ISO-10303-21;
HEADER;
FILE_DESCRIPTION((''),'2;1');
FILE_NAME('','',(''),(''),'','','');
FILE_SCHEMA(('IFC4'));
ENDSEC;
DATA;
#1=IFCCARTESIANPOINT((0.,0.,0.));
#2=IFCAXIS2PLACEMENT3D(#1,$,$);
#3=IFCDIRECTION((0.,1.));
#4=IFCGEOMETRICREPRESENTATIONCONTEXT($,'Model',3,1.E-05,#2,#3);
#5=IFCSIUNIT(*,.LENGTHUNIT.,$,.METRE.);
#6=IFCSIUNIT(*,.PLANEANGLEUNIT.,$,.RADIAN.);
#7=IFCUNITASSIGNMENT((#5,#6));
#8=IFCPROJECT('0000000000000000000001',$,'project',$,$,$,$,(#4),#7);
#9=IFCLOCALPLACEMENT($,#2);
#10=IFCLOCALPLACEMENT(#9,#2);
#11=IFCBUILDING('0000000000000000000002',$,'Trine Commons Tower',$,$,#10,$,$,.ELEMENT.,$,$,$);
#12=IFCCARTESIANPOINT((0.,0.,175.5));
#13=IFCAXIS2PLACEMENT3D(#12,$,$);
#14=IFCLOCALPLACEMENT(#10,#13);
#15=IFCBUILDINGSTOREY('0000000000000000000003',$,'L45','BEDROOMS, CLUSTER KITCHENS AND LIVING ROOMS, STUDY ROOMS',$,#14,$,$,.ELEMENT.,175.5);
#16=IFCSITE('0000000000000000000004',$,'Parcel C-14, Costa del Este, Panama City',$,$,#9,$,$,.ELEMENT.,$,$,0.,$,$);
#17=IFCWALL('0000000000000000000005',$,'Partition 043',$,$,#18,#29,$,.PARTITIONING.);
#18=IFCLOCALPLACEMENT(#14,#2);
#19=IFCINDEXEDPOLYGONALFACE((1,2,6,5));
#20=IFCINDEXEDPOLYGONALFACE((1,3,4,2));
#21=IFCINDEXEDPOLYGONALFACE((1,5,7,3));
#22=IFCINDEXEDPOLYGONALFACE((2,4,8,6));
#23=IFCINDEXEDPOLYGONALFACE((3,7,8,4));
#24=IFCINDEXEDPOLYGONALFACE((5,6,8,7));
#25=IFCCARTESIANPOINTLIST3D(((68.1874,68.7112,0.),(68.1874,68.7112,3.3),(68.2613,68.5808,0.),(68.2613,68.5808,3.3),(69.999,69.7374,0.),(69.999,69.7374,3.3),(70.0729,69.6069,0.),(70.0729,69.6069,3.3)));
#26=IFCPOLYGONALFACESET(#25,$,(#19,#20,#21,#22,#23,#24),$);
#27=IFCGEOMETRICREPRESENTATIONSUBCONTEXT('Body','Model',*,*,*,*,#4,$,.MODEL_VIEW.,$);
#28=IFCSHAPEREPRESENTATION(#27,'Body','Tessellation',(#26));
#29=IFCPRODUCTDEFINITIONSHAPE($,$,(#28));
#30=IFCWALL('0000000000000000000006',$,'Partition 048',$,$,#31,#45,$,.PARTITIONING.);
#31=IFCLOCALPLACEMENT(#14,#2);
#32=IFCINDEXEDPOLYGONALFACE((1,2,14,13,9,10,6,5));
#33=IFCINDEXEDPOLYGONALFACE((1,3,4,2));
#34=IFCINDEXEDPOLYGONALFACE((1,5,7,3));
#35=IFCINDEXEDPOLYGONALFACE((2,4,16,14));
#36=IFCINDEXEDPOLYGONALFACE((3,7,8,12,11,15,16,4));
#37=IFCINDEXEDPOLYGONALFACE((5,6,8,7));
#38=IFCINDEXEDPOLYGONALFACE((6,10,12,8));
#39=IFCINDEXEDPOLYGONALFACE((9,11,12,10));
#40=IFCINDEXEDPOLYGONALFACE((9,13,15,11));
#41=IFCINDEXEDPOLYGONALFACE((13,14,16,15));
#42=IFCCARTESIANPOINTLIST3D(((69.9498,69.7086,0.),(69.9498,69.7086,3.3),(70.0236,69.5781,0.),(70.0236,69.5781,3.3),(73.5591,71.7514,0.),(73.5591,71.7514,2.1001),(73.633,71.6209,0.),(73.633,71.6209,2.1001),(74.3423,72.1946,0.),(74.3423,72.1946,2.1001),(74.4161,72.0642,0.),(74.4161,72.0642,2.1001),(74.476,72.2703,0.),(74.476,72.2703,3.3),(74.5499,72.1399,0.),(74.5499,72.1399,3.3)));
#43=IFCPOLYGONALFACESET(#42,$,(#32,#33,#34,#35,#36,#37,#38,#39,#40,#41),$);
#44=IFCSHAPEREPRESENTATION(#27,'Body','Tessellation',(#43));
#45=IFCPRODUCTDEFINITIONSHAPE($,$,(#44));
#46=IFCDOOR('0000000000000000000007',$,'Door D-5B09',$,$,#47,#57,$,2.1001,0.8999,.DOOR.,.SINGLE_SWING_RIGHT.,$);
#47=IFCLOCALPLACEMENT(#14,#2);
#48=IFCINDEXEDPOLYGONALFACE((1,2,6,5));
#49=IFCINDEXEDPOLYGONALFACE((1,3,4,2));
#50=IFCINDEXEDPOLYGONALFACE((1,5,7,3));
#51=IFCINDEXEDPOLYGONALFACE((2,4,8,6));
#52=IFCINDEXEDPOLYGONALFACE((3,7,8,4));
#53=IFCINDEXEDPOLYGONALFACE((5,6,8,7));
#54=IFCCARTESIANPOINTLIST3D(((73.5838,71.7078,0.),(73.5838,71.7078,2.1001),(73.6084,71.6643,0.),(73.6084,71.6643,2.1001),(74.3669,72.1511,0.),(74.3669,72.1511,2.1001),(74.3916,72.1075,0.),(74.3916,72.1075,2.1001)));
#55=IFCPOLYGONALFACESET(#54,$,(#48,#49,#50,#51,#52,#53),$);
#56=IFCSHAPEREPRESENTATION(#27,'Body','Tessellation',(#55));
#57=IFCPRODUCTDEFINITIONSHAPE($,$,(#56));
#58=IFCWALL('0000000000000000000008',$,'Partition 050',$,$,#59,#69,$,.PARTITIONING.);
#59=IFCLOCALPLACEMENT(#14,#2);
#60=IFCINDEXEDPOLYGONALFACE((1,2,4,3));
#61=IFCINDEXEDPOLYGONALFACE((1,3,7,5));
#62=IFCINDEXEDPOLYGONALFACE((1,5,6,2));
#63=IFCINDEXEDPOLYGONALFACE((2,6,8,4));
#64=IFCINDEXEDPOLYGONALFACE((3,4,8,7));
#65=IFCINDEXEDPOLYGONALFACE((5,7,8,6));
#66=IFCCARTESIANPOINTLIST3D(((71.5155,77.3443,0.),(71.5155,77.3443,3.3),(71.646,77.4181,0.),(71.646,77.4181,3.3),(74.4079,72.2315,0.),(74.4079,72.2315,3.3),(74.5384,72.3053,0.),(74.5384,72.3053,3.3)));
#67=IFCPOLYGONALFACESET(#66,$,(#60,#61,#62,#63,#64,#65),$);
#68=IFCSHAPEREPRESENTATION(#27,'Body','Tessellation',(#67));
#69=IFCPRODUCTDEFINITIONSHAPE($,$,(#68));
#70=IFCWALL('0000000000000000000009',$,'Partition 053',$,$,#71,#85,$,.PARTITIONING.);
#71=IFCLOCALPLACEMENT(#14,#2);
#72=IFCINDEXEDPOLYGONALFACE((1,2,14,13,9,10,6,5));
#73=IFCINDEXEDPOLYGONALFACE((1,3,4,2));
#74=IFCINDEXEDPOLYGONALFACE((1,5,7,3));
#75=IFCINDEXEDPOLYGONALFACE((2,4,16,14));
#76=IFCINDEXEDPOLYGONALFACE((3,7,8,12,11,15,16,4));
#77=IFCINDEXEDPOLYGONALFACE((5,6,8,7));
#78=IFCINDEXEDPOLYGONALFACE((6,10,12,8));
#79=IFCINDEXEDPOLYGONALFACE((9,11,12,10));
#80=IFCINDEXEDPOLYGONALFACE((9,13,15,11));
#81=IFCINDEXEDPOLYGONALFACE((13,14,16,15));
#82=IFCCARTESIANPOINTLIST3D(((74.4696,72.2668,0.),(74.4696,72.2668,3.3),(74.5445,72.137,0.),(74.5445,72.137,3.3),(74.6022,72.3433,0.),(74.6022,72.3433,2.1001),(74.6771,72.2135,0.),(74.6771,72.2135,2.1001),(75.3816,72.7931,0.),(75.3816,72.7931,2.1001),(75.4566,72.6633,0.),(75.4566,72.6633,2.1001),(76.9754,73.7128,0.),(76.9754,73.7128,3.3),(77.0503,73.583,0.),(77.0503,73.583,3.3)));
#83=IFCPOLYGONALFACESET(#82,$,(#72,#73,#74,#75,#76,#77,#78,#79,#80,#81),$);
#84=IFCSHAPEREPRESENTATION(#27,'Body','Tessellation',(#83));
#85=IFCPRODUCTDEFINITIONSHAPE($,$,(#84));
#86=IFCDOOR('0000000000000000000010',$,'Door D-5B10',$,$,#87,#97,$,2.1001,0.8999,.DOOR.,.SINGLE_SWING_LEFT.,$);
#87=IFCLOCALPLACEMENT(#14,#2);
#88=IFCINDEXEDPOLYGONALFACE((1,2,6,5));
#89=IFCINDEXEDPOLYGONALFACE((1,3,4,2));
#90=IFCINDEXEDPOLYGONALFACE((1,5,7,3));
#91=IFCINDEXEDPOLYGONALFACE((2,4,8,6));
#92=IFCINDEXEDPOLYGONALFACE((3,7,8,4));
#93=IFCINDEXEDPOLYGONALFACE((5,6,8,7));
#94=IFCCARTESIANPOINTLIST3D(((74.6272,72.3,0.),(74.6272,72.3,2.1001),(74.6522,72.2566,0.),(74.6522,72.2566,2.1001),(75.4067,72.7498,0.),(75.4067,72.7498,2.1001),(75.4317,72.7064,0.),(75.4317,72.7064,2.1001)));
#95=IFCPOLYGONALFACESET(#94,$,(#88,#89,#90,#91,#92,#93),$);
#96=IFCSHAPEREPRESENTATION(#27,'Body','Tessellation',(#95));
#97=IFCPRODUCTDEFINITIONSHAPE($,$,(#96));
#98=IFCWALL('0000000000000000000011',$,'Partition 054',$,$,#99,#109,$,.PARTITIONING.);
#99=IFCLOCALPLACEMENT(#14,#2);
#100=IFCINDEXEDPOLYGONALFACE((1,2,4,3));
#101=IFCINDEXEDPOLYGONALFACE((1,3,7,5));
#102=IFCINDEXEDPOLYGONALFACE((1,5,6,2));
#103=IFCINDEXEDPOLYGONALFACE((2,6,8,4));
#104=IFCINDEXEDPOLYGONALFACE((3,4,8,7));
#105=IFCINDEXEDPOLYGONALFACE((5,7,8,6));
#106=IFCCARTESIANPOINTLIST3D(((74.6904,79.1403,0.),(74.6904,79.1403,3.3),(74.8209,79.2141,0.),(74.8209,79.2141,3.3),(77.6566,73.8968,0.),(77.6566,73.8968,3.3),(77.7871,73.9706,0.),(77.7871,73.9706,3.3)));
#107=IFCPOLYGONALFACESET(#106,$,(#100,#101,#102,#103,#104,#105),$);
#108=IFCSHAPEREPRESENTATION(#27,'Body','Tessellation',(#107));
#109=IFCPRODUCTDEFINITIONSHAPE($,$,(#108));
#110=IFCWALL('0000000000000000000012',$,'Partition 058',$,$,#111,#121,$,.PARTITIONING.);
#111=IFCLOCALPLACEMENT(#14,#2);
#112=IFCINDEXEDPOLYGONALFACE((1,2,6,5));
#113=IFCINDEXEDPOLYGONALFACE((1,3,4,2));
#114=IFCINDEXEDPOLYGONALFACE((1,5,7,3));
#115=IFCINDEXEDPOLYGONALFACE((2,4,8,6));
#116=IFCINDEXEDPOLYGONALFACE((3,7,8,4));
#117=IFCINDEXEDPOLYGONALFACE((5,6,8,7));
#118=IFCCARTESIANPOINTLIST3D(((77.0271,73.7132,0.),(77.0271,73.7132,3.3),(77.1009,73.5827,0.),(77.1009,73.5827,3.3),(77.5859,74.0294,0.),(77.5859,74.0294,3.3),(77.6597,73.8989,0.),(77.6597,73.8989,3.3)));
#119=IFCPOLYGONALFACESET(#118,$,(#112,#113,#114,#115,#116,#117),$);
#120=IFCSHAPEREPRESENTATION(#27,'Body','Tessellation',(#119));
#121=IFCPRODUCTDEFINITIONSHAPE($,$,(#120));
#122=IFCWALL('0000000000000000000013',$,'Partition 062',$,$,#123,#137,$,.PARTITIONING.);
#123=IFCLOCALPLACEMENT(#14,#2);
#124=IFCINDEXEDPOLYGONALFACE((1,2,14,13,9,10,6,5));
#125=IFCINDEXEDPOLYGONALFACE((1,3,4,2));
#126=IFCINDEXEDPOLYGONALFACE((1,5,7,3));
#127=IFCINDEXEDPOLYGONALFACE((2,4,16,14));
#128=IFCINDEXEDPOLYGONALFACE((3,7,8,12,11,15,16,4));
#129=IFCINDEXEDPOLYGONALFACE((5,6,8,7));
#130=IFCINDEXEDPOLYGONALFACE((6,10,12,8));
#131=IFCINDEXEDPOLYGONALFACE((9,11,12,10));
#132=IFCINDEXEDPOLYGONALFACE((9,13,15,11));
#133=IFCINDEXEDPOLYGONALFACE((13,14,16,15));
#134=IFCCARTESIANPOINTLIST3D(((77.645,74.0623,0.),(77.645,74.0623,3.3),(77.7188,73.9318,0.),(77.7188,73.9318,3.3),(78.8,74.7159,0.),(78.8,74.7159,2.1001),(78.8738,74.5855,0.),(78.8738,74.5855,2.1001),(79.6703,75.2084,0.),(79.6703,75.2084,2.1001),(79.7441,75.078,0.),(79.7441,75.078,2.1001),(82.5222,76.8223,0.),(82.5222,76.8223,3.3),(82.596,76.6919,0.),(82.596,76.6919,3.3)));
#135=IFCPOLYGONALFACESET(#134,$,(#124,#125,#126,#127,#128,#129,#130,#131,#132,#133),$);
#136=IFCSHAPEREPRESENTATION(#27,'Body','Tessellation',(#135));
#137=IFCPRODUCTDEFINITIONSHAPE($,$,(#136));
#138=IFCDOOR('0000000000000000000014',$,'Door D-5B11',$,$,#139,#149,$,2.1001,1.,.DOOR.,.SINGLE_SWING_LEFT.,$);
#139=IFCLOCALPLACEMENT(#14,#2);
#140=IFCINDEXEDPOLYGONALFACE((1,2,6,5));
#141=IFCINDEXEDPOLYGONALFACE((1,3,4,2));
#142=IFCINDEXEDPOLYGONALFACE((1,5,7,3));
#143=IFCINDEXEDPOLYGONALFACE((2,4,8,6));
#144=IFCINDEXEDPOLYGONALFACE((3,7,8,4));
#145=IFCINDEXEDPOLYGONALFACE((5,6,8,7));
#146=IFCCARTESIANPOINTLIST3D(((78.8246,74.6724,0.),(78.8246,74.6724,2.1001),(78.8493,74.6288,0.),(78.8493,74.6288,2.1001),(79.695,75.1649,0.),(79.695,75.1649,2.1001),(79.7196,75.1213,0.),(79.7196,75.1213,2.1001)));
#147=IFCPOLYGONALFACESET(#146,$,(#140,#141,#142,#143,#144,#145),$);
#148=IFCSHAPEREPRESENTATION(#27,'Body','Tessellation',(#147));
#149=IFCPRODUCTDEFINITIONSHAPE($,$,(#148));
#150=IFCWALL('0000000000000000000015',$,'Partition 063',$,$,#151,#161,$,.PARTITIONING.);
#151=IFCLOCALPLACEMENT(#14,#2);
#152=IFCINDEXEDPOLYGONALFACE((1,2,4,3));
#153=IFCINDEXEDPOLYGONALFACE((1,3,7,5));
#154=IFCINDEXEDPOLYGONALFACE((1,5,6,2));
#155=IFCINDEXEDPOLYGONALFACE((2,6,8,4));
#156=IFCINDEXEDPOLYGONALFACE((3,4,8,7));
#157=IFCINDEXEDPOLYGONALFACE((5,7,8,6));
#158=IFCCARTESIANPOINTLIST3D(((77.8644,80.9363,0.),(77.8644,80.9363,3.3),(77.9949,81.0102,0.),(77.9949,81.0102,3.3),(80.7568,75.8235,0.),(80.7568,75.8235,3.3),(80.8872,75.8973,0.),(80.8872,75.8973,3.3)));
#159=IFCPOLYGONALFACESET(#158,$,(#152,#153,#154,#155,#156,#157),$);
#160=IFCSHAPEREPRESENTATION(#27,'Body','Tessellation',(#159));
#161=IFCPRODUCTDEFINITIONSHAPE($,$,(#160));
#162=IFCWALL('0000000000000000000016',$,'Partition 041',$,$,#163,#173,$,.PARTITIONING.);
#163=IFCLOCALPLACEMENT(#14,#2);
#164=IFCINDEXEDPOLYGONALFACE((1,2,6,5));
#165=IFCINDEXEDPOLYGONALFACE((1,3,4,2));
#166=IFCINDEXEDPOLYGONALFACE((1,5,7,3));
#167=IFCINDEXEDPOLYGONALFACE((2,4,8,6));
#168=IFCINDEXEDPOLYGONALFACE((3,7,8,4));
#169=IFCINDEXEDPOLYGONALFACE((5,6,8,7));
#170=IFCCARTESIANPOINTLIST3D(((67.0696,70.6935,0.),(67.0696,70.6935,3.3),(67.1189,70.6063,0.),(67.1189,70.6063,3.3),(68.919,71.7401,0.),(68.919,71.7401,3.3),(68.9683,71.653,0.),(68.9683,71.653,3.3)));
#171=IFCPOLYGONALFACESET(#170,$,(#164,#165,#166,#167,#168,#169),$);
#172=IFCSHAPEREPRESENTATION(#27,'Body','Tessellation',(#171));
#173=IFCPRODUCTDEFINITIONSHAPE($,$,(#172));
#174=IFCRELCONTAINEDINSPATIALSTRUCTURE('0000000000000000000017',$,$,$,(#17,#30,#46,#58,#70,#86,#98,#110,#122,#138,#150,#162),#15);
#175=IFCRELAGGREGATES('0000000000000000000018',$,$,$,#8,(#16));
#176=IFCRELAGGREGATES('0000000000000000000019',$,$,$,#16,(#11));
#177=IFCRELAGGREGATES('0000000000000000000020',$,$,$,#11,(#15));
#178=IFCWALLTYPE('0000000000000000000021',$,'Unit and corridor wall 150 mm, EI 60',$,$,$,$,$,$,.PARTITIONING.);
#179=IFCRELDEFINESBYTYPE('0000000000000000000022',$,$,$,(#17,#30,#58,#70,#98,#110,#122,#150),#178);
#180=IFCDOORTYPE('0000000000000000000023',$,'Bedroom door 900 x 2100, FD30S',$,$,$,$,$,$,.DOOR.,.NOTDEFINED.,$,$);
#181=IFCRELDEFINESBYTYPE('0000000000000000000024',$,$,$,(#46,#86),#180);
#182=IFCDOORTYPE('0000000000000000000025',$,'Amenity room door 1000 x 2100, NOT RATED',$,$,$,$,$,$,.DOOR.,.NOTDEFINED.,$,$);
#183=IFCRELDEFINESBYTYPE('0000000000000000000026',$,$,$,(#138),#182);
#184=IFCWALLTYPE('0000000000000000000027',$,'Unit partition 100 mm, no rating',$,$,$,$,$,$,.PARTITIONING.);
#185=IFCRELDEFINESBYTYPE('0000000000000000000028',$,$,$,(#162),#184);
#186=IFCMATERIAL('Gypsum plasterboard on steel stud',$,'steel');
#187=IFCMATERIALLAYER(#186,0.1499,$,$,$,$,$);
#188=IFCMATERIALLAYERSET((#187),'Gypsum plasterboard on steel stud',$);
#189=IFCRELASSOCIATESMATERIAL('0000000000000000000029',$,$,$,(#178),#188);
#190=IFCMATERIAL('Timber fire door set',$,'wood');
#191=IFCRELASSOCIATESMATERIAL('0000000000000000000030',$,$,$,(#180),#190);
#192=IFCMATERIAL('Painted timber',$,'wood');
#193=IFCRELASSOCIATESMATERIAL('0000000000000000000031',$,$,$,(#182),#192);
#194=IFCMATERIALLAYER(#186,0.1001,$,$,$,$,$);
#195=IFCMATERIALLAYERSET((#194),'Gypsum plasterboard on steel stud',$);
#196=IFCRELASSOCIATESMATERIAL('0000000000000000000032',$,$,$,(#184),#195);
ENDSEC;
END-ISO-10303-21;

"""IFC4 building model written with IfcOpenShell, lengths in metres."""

from ifc_helpers import new_model, si_unit, direction, frame, frame_2d, origin, place, context, subcontext, project, spatial, rectangle, extrude, material, layer, layer_set, type_object, element, fill, save


model = new_model("IFC4")

# Units and contexts
model_context = context("Model", 3, precision=1e-05, world=origin(), true_north=direction((0.0, 1.0)))
body_context = subcontext(model_context, "Body", "Model", "MODEL_VIEW")
ifc_project = project(units=[si_unit("LENGTHUNIT", "METRE"), si_unit("PLANEANGLEUNIT", "RADIAN")], contexts=[model_context])

# Site, building, storey
site_placement = place(None, origin())
site = spatial("IfcSite", under=ifc_project, at=site_placement, Name="Parcel C-14, Costa del Este, Panama City", CompositionType="ELEMENT", RefElevation=0.0)
building_placement = place(site_placement, origin())
building = spatial("IfcBuilding", under=site, at=building_placement, Name="Trine Commons Tower", CompositionType="ELEMENT")
storey_placement = place(building_placement, frame((0.0, 0.0, 175.5)))
storey = spatial("IfcBuildingStorey", under=building, at=storey_placement, Name="L45", Description="BEDROOMS, CLUSTER KITCHENS AND LIVING ROOMS, STUDY ROOMS", CompositionType="ELEMENT", Elevation=175.5)

# Wall
ifc_material_1 = material(Name="Gypsum plasterboard on steel stud", Category="steel")
ifc_layer_1 = layer(ifc_material_1, 0.1499)
ifc_layer_set_1 = layer_set([ifc_layer_1], Name="Gypsum plasterboard on steel stud")
wall_type_1 = type_object("IfcWallType", Name="Unit and corridor wall 150 mm, EI 60", PredefinedType="PARTITIONING", material=ifc_layer_set_1)
wall_1_placement = place(storey_placement, frame((68.2244, 68.646, 0.0), z_axis=(0.0, 0.0, 1.0), x_axis=(0.870106, 0.492865, 0.0)))
element("IfcWall", 1, at=wall_1_placement, inside=storey, type_object=wall_type_1, Name="Partition 043", PredefinedType="PARTITIONING", context=body_context, shape_type="SweptSolid", body=[
    extrude(rectangle(XDim=2.082, YDim=0.1499, at=frame_2d((1.041, 0.0))), origin(), (0.0, 0.0, 1.0), 3.3),
])

# Wall, opening, door
wall_2_placement = place(storey_placement, frame((69.9866, 69.6433, 0.0), z_axis=(0.0, 0.0, 1.0), x_axis=(0.870284, 0.492551, 0.0)))
wall_2 = element("IfcWall", 2, at=wall_2_placement, inside=storey, type_object=wall_type_1, Name="Partition 048", PredefinedType="PARTITIONING", context=body_context, shape_type="SweptSolid", body=[
    extrude(rectangle(XDim=5.2009, YDim=0.1499, at=frame_2d((2.6006, 0.0))), origin(), (0.0, 0.0, 1.0), 3.3),
])
opening_1_placement = place(wall_2_placement, frame((4.1475, 0.0, 0.0)))
opening_1 = element("IfcOpeningElement", 3, at=opening_1_placement, cuts=wall_2, PredefinedType="OPENING", context=body_context, shape_type="SweptSolid", body=[
    extrude(rectangle(XDim=0.8999, YDim=2.1001, at=frame_2d((0.45, 1.05))), frame((0.0, 0.085, 0.0), z_axis=(0.0, -1.0, 0.0), x_axis=(1.0, 0.0, 0.0)), (0.0, 0.0, 1.0), 0.1699),
])
ifc_material_2 = material(Name="Timber fire door set", Category="wood")
door_type_1 = type_object("IfcDoorType", Name="Bedroom door 900 x 2100, FD30S", OperationType="NOTDEFINED", PredefinedType="DOOR", material=ifc_material_2)
door_1_placement = place(opening_1_placement, origin())
door_1 = element("IfcDoor", 4, at=door_1_placement, inside=storey, type_object=door_type_1, Name="Door D-5B09", OperationType="SINGLE_SWING_RIGHT", OverallHeight=2.1001, OverallWidth=0.8999, PredefinedType="DOOR", context=body_context, shape_type="SweptSolid", body=[
    extrude(rectangle(XDim=0.8999, YDim=2.1001, at=frame_2d((0.45, 1.05))), frame((0.0, 0.0249, 0.0), z_axis=(0.0, -1.0, 0.0), x_axis=(1.0, 0.0, 0.0)), (0.0, 0.0, 1.0), 0.05),
])
fill(opening_1, door_1)

# Wall
wall_3_placement = place(storey_placement, frame((71.5808, 77.3811, 0.0), z_axis=(0.0, 0.0, 1.0), x_axis=(0.492379, -0.870381, 0.0)))
element("IfcWall", 5, at=wall_3_placement, inside=storey, type_object=wall_type_1, Name="Partition 050", PredefinedType="PARTITIONING", context=body_context, shape_type="SweptSolid", body=[
    extrude(rectangle(XDim=5.8743, YDim=0.1499, at=frame_2d((2.937, 0.0))), origin(), (0.0, 0.0, 1.0), 3.3),
])

# Wall, opening, door
wall_4_placement = place(storey_placement, frame((74.5071, 72.2019, 0.0), z_axis=(0.0, 0.0, 1.0), x_axis=(0.866132, 0.499815, 0.0)))
wall_4 = element("IfcWall", 6, at=wall_4_placement, inside=storey, type_object=wall_type_1, Name="Partition 053", PredefinedType="PARTITIONING", context=body_context, shape_type="SweptSolid", body=[
    extrude(rectangle(XDim=2.8931, YDim=0.1499, at=frame_2d((1.4465, 0.0))), origin(), (0.0, 0.0, 1.0), 3.3),
])
opening_2_placement = place(wall_4_placement, frame((0.1531, 0.0, 0.0)))
opening_2 = element("IfcOpeningElement", 7, at=opening_2_placement, cuts=wall_4, PredefinedType="OPENING", context=body_context, shape_type="SweptSolid", body=[
    extrude(rectangle(XDim=0.8999, YDim=2.1001, at=frame_2d((0.45, 1.05))), frame((0.0, 0.085, 0.0), z_axis=(0.0, -1.0, 0.0), x_axis=(1.0, 0.0, 0.0)), (0.0, 0.0, 1.0), 0.1699),
])
door_2_placement = place(opening_2_placement, origin())
door_2 = element("IfcDoor", 8, at=door_2_placement, inside=storey, type_object=door_type_1, Name="Door D-5B10", OperationType="SINGLE_SWING_LEFT", OverallHeight=2.1001, OverallWidth=0.8999, PredefinedType="DOOR", context=body_context, shape_type="SweptSolid", body=[
    extrude(rectangle(XDim=0.8999, YDim=2.1001, at=frame_2d((0.45, 1.05))), frame((0.0, 0.0249, 0.0), z_axis=(0.0, -1.0, 0.0), x_axis=(1.0, 0.0, 0.0)), (0.0, 0.0, 1.0), 0.05),
])
fill(opening_2, door_2)

# Walls
wall_5_placement = place(storey_placement, frame((74.7556, 79.1772, 0.0), z_axis=(0.0, 0.0, 1.0), x_axis=(0.492372, -0.870385, 0.0)))
element("IfcWall", 9, at=wall_5_placement, inside=storey, type_object=wall_type_1, Name="Partition 054", PredefinedType="PARTITIONING", context=body_context, shape_type="SweptSolid", body=[
    extrude(rectangle(XDim=6.0244, YDim=0.1499, at=frame_2d((3.0122, 0.0))), origin(), (0.0, 0.0, 1.0), 3.3),
])
wall_6_placement = place(storey_placement, frame((77.064, 73.6479, 0.0), z_axis=(0.0, 0.0, 1.0), x_axis=(0.870364, 0.492408, 0.0)))
element("IfcWall", 10, at=wall_6_placement, inside=storey, type_object=wall_type_1, Name="Partition 058", PredefinedType="PARTITIONING", context=body_context, shape_type="SweptSolid", body=[
    extrude(rectangle(XDim=0.6421, YDim=0.1499, at=frame_2d((0.321, 0.0))), origin(), (0.0, 0.0, 1.0), 3.3),
])

# Wall, opening, door
wall_7_placement = place(storey_placement, frame((77.6819, 73.9971, 0.0), z_axis=(0.0, 0.0, 1.0), x_axis=(0.870308, 0.492508, 0.0)))
wall_7 = element("IfcWall", 11, at=wall_7_placement, inside=storey, type_object=wall_type_1, Name="Partition 062", PredefinedType="PARTITIONING", context=body_context, shape_type="SweptSolid", body=[
    extrude(rectangle(XDim=5.604, YDim=0.1499, at=frame_2d((2.802, 0.0))), origin(), (0.0, 0.0, 1.0), 3.3),
])
opening_3_placement = place(wall_7_placement, frame((1.3271, 0.0, 0.0)))
opening_3 = element("IfcOpeningElement", 12, at=opening_3_placement, cuts=wall_7, PredefinedType="OPENING", context=body_context, shape_type="SweptSolid", body=[
    extrude(rectangle(XDim=1.0, YDim=2.1001, at=frame_2d((0.5, 1.05))), frame((0.0, 0.085, 0.0), z_axis=(0.0, -1.0, 0.0), x_axis=(1.0, 0.0, 0.0)), (0.0, 0.0, 1.0), 0.1699),
])
ifc_material_3 = material(Name="Painted timber", Category="wood")
door_type_2 = type_object("IfcDoorType", Name="Amenity room door 1000 x 2100, NOT RATED", OperationType="NOTDEFINED", PredefinedType="DOOR", material=ifc_material_3)
door_3_placement = place(opening_3_placement, origin())
door_3 = element("IfcDoor", 13, at=door_3_placement, inside=storey, type_object=door_type_2, Name="Door D-5B11", OperationType="SINGLE_SWING_LEFT", OverallHeight=2.1001, OverallWidth=1.0, PredefinedType="DOOR", context=body_context, shape_type="SweptSolid", body=[
    extrude(rectangle(XDim=1.0, YDim=2.1001, at=frame_2d((0.5, 1.05))), frame((0.0, 0.0249, 0.0), z_axis=(0.0, -1.0, 0.0), x_axis=(1.0, 0.0, 0.0)), (0.0, 0.0, 1.0), 0.05),
])
fill(opening_3, door_3)

# Walls
wall_8_placement = place(storey_placement, frame((77.9297, 80.9731, 0.0), z_axis=(0.0, 0.0, 1.0), x_axis=(0.492379, -0.870381, 0.0)))
element("IfcWall", 14, at=wall_8_placement, inside=storey, type_object=wall_type_1, Name="Partition 063", PredefinedType="PARTITIONING", context=body_context, shape_type="SweptSolid", body=[
    extrude(rectangle(XDim=5.8743, YDim=0.1499, at=frame_2d((2.937, 0.0))), origin(), (0.0, 0.0, 1.0), 3.3),
])
ifc_layer_2 = layer(ifc_material_1, 0.1001)
ifc_layer_set_2 = layer_set([ifc_layer_2], Name="Gypsum plasterboard on steel stud")
wall_type_2 = type_object("IfcWallType", Name="Unit partition 100 mm, no rating", PredefinedType="PARTITIONING", material=ifc_layer_set_2)
wall_9_placement = place(storey_placement, frame((67.0942, 70.6499, 0.0), z_axis=(0.0, 0.0, 1.0), x_axis=(0.870293, 0.492534, 0.0)))
element("IfcWall", 15, at=wall_9_placement, inside=storey, type_object=wall_type_2, Name="Partition 041", PredefinedType="PARTITIONING", context=body_context, shape_type="SweptSolid", body=[
    extrude(rectangle(XDim=2.125, YDim=0.1001, at=frame_2d((1.0625, 0.0))), origin(), (0.0, 0.0, 1.0), 3.3),
])

save(model, "model.ifc")
